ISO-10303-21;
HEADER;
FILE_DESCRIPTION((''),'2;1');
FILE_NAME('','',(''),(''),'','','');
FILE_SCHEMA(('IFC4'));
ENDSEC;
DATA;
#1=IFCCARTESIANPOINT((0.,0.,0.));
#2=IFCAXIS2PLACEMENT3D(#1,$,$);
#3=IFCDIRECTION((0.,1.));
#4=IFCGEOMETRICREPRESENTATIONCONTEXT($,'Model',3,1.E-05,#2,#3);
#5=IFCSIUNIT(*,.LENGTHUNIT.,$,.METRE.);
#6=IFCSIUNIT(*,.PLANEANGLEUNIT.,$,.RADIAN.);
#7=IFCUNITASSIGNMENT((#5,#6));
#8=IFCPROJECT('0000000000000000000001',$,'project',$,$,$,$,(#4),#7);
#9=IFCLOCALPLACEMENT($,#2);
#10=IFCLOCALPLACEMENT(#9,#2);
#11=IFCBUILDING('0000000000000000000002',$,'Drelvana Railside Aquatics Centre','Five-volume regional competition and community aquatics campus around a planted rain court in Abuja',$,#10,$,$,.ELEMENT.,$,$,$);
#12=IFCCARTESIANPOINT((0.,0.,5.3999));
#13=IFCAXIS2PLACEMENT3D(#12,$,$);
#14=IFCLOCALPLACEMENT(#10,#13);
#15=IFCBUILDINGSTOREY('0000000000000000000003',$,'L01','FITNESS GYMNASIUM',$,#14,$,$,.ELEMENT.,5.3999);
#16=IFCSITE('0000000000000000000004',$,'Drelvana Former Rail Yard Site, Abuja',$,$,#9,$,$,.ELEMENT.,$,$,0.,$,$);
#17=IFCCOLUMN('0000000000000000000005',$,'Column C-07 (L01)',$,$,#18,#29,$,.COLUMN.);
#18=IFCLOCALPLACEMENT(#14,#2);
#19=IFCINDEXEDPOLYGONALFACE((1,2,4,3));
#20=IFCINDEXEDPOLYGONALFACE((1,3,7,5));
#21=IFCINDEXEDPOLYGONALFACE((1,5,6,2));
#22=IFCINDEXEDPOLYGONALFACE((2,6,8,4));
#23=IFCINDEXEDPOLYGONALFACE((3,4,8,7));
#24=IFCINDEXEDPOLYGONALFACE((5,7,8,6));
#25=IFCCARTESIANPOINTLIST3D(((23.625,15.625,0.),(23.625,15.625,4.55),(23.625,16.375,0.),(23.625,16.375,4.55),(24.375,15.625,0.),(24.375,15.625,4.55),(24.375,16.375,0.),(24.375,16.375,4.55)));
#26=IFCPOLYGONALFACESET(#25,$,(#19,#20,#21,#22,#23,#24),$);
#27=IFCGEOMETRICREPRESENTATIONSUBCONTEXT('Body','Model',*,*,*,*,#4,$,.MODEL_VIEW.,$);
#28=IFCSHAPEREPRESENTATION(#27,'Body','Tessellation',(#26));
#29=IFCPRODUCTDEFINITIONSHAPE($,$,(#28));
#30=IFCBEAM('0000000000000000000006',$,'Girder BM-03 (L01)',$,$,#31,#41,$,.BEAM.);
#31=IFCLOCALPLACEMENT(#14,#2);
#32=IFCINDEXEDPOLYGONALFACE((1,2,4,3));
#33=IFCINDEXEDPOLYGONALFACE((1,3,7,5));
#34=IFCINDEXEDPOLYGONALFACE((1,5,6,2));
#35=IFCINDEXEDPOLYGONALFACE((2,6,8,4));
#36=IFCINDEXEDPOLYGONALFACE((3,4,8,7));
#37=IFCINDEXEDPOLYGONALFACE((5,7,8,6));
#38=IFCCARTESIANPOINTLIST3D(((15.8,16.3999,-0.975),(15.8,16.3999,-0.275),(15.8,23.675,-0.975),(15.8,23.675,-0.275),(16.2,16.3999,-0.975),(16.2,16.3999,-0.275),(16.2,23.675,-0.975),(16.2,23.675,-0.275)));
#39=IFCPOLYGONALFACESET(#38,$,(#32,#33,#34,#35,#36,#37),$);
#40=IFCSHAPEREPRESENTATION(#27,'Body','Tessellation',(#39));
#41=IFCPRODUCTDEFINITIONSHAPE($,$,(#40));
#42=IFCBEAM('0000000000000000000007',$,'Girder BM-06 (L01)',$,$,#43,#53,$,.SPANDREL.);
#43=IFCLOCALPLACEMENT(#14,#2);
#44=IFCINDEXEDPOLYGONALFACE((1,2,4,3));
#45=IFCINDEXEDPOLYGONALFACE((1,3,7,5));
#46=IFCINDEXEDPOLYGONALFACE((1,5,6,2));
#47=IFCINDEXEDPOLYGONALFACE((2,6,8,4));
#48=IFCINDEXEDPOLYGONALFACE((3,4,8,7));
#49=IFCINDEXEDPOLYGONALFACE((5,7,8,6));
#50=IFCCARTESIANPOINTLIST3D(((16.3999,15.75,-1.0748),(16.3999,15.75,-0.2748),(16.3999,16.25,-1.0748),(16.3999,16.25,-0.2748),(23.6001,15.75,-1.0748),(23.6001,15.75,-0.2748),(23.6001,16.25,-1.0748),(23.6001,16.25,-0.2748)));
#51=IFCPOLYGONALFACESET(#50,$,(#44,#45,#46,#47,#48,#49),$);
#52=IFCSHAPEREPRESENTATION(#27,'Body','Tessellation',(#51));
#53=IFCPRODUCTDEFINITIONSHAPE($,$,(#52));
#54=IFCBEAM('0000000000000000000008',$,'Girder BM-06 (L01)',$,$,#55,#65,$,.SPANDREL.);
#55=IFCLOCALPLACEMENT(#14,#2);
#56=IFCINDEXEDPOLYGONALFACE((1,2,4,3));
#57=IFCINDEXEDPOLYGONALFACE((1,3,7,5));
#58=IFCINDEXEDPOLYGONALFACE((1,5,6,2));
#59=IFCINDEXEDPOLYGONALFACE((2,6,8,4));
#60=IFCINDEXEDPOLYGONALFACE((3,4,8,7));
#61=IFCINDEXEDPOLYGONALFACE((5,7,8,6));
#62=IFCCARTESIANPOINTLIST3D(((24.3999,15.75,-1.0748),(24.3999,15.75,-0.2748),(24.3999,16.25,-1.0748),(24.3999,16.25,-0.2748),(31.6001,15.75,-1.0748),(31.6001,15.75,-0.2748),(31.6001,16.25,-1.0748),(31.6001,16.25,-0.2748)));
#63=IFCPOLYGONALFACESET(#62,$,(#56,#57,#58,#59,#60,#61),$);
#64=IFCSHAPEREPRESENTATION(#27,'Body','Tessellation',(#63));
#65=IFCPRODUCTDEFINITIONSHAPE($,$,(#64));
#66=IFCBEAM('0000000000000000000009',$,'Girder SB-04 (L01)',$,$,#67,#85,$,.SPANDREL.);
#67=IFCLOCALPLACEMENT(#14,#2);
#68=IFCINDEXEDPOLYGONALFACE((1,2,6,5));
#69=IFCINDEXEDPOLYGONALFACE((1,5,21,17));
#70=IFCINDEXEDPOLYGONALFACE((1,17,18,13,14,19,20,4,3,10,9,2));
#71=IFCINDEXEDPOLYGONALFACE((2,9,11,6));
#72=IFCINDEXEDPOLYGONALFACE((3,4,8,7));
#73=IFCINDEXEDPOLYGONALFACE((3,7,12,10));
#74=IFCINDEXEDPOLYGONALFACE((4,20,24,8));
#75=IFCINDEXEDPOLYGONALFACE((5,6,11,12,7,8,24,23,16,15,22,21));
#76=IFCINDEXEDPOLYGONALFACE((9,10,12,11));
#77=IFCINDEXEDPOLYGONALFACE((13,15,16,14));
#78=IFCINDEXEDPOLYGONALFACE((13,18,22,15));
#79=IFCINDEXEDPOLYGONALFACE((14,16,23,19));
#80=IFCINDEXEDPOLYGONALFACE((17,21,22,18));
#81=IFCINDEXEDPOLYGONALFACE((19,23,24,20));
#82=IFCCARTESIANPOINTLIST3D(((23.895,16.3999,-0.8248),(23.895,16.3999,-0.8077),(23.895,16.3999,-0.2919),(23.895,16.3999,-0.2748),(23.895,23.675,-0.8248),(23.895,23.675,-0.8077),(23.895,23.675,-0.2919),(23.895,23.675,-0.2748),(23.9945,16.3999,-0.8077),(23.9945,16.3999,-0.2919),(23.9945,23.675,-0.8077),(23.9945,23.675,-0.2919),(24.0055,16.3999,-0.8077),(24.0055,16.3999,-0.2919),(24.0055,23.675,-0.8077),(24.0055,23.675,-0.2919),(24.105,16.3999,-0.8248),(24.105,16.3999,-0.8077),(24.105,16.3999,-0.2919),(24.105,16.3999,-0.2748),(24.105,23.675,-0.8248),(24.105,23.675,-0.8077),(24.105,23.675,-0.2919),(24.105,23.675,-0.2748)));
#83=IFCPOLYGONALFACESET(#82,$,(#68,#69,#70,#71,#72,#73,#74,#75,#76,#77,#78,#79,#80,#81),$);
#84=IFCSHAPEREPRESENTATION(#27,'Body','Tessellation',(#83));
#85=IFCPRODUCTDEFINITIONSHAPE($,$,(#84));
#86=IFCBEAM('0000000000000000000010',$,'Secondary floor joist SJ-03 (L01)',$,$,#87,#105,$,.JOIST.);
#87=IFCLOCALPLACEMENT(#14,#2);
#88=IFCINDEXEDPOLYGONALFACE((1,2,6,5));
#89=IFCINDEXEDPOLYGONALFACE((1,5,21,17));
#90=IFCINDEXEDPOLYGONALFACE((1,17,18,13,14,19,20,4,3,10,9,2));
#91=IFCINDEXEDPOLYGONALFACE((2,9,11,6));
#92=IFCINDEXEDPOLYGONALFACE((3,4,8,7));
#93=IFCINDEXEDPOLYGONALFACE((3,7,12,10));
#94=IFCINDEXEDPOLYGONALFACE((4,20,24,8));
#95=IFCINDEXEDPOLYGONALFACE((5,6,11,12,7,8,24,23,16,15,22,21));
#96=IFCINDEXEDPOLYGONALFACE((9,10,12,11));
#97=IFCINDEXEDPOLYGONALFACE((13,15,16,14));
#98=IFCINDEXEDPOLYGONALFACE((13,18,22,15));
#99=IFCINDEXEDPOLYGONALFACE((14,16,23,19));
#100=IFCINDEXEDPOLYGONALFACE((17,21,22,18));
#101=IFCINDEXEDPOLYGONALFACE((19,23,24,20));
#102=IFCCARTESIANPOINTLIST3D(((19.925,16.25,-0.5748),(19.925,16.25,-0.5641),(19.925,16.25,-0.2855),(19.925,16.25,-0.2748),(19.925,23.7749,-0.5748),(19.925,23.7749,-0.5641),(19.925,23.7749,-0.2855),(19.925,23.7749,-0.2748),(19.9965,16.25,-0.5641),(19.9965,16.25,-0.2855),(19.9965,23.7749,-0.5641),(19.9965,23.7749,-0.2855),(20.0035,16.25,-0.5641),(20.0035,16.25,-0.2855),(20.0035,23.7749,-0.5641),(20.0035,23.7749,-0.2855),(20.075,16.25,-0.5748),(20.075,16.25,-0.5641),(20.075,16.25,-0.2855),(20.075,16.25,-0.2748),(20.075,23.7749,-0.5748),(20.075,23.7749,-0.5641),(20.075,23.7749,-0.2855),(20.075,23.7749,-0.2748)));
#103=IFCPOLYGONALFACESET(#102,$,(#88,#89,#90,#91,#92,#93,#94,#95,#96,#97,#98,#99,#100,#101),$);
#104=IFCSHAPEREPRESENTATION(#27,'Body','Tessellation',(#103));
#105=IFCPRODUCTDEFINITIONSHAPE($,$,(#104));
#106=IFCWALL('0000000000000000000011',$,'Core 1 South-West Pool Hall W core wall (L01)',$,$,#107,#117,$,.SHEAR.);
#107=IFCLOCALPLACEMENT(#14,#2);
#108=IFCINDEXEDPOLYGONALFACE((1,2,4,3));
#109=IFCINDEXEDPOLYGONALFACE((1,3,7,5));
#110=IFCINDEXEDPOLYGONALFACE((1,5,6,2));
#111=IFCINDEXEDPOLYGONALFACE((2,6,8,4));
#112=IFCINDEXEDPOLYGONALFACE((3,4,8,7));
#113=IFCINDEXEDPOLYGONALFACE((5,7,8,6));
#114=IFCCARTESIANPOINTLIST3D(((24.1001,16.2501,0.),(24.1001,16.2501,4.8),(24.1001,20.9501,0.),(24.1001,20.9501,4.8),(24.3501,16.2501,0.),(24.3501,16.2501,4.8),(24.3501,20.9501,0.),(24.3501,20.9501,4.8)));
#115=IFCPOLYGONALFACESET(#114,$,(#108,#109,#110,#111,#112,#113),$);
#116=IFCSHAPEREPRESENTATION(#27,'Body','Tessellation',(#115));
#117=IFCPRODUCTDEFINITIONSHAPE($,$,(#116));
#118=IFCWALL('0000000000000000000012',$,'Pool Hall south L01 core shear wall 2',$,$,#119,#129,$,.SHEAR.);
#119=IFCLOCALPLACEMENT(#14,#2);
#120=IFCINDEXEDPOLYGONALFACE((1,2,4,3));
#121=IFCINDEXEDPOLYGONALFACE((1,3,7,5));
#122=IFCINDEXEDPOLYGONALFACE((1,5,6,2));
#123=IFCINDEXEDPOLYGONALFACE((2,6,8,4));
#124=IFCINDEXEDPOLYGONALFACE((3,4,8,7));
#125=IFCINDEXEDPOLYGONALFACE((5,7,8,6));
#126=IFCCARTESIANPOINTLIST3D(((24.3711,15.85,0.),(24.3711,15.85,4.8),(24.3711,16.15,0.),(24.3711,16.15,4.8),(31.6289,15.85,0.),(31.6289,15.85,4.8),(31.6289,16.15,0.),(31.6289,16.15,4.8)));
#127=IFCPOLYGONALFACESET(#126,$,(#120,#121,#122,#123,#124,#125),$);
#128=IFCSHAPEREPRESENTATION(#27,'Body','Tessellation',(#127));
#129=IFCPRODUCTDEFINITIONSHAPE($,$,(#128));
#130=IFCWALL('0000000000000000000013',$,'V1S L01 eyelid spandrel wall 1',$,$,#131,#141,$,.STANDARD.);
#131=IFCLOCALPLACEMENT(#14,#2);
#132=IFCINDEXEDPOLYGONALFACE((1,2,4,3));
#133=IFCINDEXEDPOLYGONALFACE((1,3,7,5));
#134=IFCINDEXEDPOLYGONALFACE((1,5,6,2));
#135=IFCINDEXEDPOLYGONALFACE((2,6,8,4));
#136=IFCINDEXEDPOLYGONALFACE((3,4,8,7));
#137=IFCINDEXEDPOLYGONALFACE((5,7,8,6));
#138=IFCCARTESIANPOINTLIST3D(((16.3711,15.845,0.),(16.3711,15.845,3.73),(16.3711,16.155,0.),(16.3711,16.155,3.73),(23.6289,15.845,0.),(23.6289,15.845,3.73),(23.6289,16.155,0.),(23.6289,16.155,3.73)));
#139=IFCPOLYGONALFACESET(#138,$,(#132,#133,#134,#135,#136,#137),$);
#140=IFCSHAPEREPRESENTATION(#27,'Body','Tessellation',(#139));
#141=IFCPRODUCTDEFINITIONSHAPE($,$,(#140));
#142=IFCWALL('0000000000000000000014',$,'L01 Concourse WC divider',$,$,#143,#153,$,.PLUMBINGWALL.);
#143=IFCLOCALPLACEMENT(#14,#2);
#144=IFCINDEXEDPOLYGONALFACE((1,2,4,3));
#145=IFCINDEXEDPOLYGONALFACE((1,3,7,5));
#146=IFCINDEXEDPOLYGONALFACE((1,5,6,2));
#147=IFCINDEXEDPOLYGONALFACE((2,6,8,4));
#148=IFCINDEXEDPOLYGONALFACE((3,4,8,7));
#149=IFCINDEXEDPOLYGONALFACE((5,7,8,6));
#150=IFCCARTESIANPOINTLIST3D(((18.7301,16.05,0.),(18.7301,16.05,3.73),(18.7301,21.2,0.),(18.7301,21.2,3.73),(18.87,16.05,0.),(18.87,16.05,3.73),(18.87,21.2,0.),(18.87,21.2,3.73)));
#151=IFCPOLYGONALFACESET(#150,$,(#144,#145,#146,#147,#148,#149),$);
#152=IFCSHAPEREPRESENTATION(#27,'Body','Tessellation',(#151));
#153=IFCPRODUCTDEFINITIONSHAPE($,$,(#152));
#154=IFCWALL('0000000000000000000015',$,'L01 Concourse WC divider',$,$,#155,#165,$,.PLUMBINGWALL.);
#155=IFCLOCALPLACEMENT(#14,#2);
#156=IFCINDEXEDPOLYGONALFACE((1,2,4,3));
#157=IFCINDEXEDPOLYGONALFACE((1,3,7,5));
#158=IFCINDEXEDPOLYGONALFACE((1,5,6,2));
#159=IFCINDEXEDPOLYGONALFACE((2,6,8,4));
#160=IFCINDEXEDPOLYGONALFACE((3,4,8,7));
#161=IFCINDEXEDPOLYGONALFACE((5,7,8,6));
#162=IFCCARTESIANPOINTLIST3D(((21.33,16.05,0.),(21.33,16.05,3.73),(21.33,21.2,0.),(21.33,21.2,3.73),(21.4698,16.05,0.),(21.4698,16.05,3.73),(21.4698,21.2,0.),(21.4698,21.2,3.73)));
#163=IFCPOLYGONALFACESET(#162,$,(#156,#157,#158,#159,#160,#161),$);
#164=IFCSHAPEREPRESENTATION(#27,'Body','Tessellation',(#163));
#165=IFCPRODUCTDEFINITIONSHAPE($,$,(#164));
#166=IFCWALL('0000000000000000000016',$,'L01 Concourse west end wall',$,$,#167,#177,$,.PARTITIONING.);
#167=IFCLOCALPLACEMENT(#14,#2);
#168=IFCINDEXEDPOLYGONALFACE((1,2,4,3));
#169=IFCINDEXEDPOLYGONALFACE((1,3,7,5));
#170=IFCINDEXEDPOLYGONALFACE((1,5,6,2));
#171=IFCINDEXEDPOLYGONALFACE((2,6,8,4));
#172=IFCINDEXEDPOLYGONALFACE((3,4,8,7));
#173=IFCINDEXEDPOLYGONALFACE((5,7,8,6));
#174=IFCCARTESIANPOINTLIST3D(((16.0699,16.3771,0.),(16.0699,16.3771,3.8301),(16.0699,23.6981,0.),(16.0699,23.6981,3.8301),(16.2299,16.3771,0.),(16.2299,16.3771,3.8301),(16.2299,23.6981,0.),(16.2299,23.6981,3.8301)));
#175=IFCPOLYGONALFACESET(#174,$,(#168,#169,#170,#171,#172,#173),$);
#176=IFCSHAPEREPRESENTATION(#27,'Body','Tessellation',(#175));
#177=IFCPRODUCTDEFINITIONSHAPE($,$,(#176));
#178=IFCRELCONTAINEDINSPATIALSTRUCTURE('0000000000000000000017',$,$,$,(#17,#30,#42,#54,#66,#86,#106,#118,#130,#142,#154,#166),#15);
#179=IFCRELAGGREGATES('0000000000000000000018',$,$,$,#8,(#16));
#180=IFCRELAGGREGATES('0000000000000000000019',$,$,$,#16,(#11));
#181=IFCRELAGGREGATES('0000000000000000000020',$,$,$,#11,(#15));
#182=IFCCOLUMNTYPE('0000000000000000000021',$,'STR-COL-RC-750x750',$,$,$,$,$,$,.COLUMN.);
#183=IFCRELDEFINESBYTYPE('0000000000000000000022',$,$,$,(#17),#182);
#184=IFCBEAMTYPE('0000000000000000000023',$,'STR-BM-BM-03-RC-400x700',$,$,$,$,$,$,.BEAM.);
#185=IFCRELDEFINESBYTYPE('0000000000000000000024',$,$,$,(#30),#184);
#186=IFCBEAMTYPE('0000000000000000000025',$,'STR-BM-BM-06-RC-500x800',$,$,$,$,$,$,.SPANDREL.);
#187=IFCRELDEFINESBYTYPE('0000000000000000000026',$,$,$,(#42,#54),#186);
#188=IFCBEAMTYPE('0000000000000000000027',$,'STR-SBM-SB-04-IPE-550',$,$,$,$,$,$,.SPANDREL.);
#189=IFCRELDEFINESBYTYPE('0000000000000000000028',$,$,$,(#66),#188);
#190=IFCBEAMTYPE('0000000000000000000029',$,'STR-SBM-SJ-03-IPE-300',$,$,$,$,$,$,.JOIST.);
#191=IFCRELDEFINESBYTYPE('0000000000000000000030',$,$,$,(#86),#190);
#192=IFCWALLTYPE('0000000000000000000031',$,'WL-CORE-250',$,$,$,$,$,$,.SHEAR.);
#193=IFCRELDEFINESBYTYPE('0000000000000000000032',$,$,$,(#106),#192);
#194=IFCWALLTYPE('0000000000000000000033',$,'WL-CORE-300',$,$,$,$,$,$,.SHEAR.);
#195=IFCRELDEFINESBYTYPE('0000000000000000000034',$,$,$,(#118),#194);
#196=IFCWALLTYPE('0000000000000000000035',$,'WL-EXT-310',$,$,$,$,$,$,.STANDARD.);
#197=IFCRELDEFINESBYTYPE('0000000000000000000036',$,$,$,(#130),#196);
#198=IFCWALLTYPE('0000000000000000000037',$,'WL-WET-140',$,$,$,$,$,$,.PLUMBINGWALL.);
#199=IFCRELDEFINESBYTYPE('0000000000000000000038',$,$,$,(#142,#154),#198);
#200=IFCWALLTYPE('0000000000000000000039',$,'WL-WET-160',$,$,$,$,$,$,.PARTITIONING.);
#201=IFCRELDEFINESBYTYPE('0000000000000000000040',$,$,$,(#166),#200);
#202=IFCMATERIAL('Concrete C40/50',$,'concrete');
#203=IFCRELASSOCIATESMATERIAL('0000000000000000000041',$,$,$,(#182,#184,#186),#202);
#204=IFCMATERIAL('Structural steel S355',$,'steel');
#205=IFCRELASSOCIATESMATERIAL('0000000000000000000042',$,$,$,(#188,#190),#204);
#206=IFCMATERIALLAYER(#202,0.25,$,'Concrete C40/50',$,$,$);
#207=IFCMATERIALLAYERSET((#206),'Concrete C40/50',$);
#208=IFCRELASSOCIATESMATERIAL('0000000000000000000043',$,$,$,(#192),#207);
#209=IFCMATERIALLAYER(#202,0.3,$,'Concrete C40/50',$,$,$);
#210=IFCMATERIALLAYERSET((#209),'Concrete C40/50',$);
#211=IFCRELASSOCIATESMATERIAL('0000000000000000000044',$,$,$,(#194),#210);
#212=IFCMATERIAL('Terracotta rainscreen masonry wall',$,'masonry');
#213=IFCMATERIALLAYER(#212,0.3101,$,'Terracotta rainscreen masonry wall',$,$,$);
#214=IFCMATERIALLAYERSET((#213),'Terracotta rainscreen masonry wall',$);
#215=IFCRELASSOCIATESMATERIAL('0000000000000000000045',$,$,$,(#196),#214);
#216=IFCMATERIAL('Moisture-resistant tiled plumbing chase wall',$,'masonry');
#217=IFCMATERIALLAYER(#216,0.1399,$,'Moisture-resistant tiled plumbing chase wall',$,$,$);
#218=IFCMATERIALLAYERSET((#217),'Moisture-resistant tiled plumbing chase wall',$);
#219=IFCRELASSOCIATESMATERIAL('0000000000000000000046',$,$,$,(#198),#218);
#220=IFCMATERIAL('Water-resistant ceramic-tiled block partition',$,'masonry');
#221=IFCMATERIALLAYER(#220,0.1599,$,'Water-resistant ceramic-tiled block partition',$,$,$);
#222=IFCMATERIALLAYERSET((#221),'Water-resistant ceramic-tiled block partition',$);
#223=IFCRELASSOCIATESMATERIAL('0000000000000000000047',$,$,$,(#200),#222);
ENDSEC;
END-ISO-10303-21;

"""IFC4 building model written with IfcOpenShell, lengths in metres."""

from ifc_helpers import new_model, si_unit, direction, frame, frame_2d, origin, origin_2d, place, context, subcontext, project, spatial, rectangle, i_section, extrude, material, layer, layer_set, material_profile, profile_set, type_object, element, save


model = new_model("IFC4")

# Units and contexts
model_context = context("Model", 3, precision=1e-05, world=origin(), true_north=direction((0.0, 1.0)))
body_context = subcontext(model_context, "Body", "Model", "MODEL_VIEW")
ifc_project = project(units=[si_unit("LENGTHUNIT", "METRE"), si_unit("PLANEANGLEUNIT", "RADIAN")], contexts=[model_context])

# Site, building, storey
site_placement = place(None, origin())
site = spatial("IfcSite", under=ifc_project, at=site_placement, Name="Drelvana Former Rail Yard Site, Abuja", CompositionType="ELEMENT", RefElevation=0.0)
building_placement = place(site_placement, origin())
building = spatial("IfcBuilding", under=site, at=building_placement, Name="Drelvana Railside Aquatics Centre", Description="Five-volume regional competition and community aquatics campus around a planted rain court in Abuja", CompositionType="ELEMENT")
storey_placement = place(building_placement, frame((0.0, 0.0, 5.3999)))
storey = spatial("IfcBuildingStorey", under=building, at=storey_placement, Name="L01", Description="FITNESS GYMNASIUM", CompositionType="ELEMENT", Elevation=5.3999)

# Column
ifc_material_1 = material(Name="Concrete C40/50", Category="concrete")
ifc_material_profile_1 = material_profile(ifc_material_1, rectangle(XDim=0.75, YDim=0.75, at=origin_2d()), Name="RC 750x750")
ifc_profile_set_1 = profile_set([ifc_material_profile_1], Name="Concrete C40/50")
column_type = type_object("IfcColumnType", Name="STR-COL-RC-750x750", PredefinedType="COLUMN", material=ifc_profile_set_1)
column_placement = place(storey_placement, frame((24.0, 16.0, 0.0), z_axis=(0.0, 0.0, 1.0), x_axis=(1.0, 0.0, 0.0)))
element("IfcColumn", 1, at=column_placement, inside=storey, type_object=column_type, Name="Column C-07 (L01)", PredefinedType="COLUMN", context=body_context, shape_type="SweptSolid", body=[
    extrude(rectangle(XDim=0.75, YDim=0.75, at=origin_2d()), origin(), (0.0, 0.0, 1.0), 4.55),
])

# Beams
ifc_material_profile_2 = material_profile(ifc_material_1, rectangle(XDim=0.3999, YDim=0.7, at=origin_2d()), Name="RC 400x700")
ifc_profile_set_2 = profile_set([ifc_material_profile_2], Name="Concrete C40/50")
beam_type_1 = type_object("IfcBeamType", Name="STR-BM-BM-03-RC-400x700", PredefinedType="BEAM", material=ifc_profile_set_2)
beam_1_placement = place(storey_placement, frame((16.0, 16.3999, -0.625), z_axis=(0.0, 1.0, 0.0), x_axis=(-1.0, 0.0, 0.0)))
element("IfcBeam", 2, at=beam_1_placement, inside=storey, type_object=beam_type_1, Name="Girder BM-03 (L01)", PredefinedType="BEAM", context=body_context, shape_type="SweptSolid", body=[
    extrude(rectangle(XDim=0.3999, YDim=0.7, at=origin_2d()), origin(), (0.0, 0.0, 1.0), 7.2751),
])
ifc_material_profile_3 = material_profile(ifc_material_1, rectangle(XDim=0.5, YDim=0.8, at=origin_2d()), Name="RC 500x800")
ifc_profile_set_3 = profile_set([ifc_material_profile_3], Name="Concrete C40/50")
beam_type_2 = type_object("IfcBeamType", Name="STR-BM-BM-06-RC-500x800", PredefinedType="SPANDREL", material=ifc_profile_set_3)
for number, where, z_axis, x_axis, name in (
    (3, (16.3999, 16.0, -0.6748), (1.0, 0.0, 0.0), (0.0, 1.0, 0.0), "Girder BM-06 (L01)"),
    (4, (24.3999, 16.0, -0.6748), (1.0, 0.0, 0.0), (0.0, 1.0, 0.0), "Girder BM-06 (L01)"),
):
    element("IfcBeam", number, at=place(storey_placement, frame(where, z_axis=z_axis, x_axis=x_axis)), inside=storey, type_object=beam_type_2, Name=name, PredefinedType="SPANDREL", context=body_context, shape_type="SweptSolid", body=[
        extrude(rectangle(XDim=0.5, YDim=0.8, at=origin_2d()), origin(), (0.0, 0.0, 1.0), 7.2002),
    ])
ifc_material_2 = material(Name="Structural steel S355", Category="steel")
ifc_material_profile_4 = material_profile(ifc_material_2, i_section(OverallWidth=0.21, OverallDepth=0.55, WebThickness=0.011, FlangeThickness=0.0171, at=origin_2d()), Name="IPE 550")
ifc_profile_set_4 = profile_set([ifc_material_profile_4], Name="Structural steel S355")
beam_type_3 = type_object("IfcBeamType", Name="STR-SBM-SB-04-IPE-550", PredefinedType="SPANDREL", material=ifc_profile_set_4)
beam_2_placement = place(storey_placement, frame((24.0, 16.3999, -0.5498), z_axis=(0.0, 1.0, 0.0), x_axis=(-1.0, 0.0, 0.0)))
element("IfcBeam", 5, at=beam_2_placement, inside=storey, type_object=beam_type_3, Name="Girder SB-04 (L01)", PredefinedType="SPANDREL", context=body_context, shape_type="SweptSolid", body=[
    extrude(i_section(OverallWidth=0.21, OverallDepth=0.55, WebThickness=0.011, FlangeThickness=0.0171, at=origin_2d()), origin(), (0.0, 0.0, 1.0), 7.2751),
])
ifc_material_profile_5 = material_profile(ifc_material_2, i_section(OverallWidth=0.1499, OverallDepth=0.3, WebThickness=0.0071, FlangeThickness=0.0107, at=origin_2d()), Name="IPE 300")
ifc_profile_set_5 = profile_set([ifc_material_profile_5], Name="Structural steel S355")
beam_type_4 = type_object("IfcBeamType", Name="STR-SBM-SJ-03-IPE-300", PredefinedType="JOIST", material=ifc_profile_set_5)
beam_3_placement = place(storey_placement, frame((20.0, 16.25, -0.4248), z_axis=(0.0, 1.0, 0.0), x_axis=(-1.0, 0.0, 0.0)))
element("IfcBeam", 6, at=beam_3_placement, inside=storey, type_object=beam_type_4, Name="Secondary floor joist SJ-03 (L01)", PredefinedType="JOIST", context=body_context, shape_type="SweptSolid", body=[
    extrude(i_section(OverallWidth=0.1499, OverallDepth=0.3, WebThickness=0.0071, FlangeThickness=0.0107, at=origin_2d()), origin(), (0.0, 0.0, 1.0), 7.5249),
])

# Walls
ifc_layer_1 = layer(ifc_material_1, 0.25, Name="Concrete C40/50")
ifc_layer_set_1 = layer_set([ifc_layer_1], Name="Concrete C40/50")
wall_type_1 = type_object("IfcWallType", Name="WL-CORE-250", PredefinedType="SHEAR", material=ifc_layer_set_1)
wall_1_placement = place(storey_placement, frame((24.2251, 16.25, 0.0), z_axis=(0.0, 0.0, 1.0), x_axis=(0.0, 1.0, 0.0)))
element("IfcWall", 7, at=wall_1_placement, inside=storey, type_object=wall_type_1, Name="Core 1 South-West Pool Hall W core wall (L01)", PredefinedType="SHEAR", context=body_context, shape_type="SweptSolid", body=[
    extrude(rectangle(XDim=4.7, YDim=0.25, at=frame_2d((2.3501, 0.0))), origin(), (0.0, 0.0, 1.0), 4.8),
])
ifc_layer_2 = layer(ifc_material_1, 0.3, Name="Concrete C40/50")
ifc_layer_set_2 = layer_set([ifc_layer_2], Name="Concrete C40/50")
wall_type_2 = type_object("IfcWallType", Name="WL-CORE-300", PredefinedType="SHEAR", material=ifc_layer_set_2)
wall_2_placement = place(storey_placement, frame((24.3711, 16.0, 0.0), z_axis=(0.0, 0.0, 1.0), x_axis=(1.0, 0.0, 0.0)))
element("IfcWall", 8, at=wall_2_placement, inside=storey, type_object=wall_type_2, Name="Pool Hall south L01 core shear wall 2", PredefinedType="SHEAR", context=body_context, shape_type="SweptSolid", body=[
    extrude(rectangle(XDim=7.2578, YDim=0.3, at=frame_2d((3.6289, 0.0))), origin(), (0.0, 0.0, 1.0), 4.8),
])
ifc_material_3 = material(Name="Terracotta rainscreen masonry wall", Category="masonry")
ifc_layer_3 = layer(ifc_material_3, 0.3101, Name="Terracotta rainscreen masonry wall")
ifc_layer_set_3 = layer_set([ifc_layer_3], Name="Terracotta rainscreen masonry wall")
wall_type_3 = type_object("IfcWallType", Name="WL-EXT-310", PredefinedType="STANDARD", material=ifc_layer_set_3)
wall_3_placement = place(storey_placement, frame((16.3711, 16.0, 0.0), z_axis=(0.0, 0.0, 1.0), x_axis=(1.0, 0.0, 0.0)))
element("IfcWall", 9, at=wall_3_placement, inside=storey, type_object=wall_type_3, Name="V1S L01 eyelid spandrel wall 1", PredefinedType="STANDARD", context=body_context, shape_type="SweptSolid", body=[
    extrude(rectangle(XDim=7.2578, YDim=0.3101, at=frame_2d((3.6289, 0.0))), origin(), (0.0, 0.0, 1.0), 3.73),
])
ifc_material_4 = material(Name="Moisture-resistant tiled plumbing chase wall", Category="masonry")
ifc_layer_4 = layer(ifc_material_4, 0.1399, Name="Moisture-resistant tiled plumbing chase wall")
ifc_layer_set_4 = layer_set([ifc_layer_4], Name="Moisture-resistant tiled plumbing chase wall")
wall_type_4 = type_object("IfcWallType", Name="WL-WET-140", PredefinedType="PLUMBINGWALL", material=ifc_layer_set_4)
for number, where, z_axis, x_axis, name in (
    (10, (18.8, 16.05, 0.0), (0.0, 0.0, 1.0), (0.0, 1.0, 0.0), "L01 Concourse WC divider"),
    (11, (21.3999, 16.05, 0.0), (0.0, 0.0, 1.0), (0.0, 1.0, 0.0), "L01 Concourse WC divider"),
):
    element("IfcWall", number, at=place(storey_placement, frame(where, z_axis=z_axis, x_axis=x_axis)), inside=storey, type_object=wall_type_4, Name=name, PredefinedType="PLUMBINGWALL", context=body_context, shape_type="SweptSolid", body=[
        extrude(rectangle(XDim=5.1499, YDim=0.1399, at=frame_2d((2.575, 0.0))), origin(), (0.0, 0.0, 1.0), 3.73),
    ])
ifc_material_5 = material(Name="Water-resistant ceramic-tiled block partition", Category="masonry")
ifc_layer_5 = layer(ifc_material_5, 0.1599, Name="Water-resistant ceramic-tiled block partition")
ifc_layer_set_5 = layer_set([ifc_layer_5], Name="Water-resistant ceramic-tiled block partition")
wall_type_5 = type_object("IfcWallType", Name="WL-WET-160", PredefinedType="PARTITIONING", material=ifc_layer_set_5)
wall_4_placement = place(storey_placement, frame((16.1499, 16.377, 0.0), z_axis=(0.0, 0.0, 1.0), x_axis=(0.0, 1.0, 0.0)))
element("IfcWall", 12, at=wall_4_placement, inside=storey, type_object=wall_type_5, Name="L01 Concourse west end wall", PredefinedType="PARTITIONING", context=body_context, shape_type="SweptSolid", body=[
    extrude(rectangle(XDim=7.321, YDim=0.1599, at=frame_2d((3.6606, 0.0))), origin(), (0.0, 0.0, 1.0), 3.8301),
])

save(model, "model.ifc")
